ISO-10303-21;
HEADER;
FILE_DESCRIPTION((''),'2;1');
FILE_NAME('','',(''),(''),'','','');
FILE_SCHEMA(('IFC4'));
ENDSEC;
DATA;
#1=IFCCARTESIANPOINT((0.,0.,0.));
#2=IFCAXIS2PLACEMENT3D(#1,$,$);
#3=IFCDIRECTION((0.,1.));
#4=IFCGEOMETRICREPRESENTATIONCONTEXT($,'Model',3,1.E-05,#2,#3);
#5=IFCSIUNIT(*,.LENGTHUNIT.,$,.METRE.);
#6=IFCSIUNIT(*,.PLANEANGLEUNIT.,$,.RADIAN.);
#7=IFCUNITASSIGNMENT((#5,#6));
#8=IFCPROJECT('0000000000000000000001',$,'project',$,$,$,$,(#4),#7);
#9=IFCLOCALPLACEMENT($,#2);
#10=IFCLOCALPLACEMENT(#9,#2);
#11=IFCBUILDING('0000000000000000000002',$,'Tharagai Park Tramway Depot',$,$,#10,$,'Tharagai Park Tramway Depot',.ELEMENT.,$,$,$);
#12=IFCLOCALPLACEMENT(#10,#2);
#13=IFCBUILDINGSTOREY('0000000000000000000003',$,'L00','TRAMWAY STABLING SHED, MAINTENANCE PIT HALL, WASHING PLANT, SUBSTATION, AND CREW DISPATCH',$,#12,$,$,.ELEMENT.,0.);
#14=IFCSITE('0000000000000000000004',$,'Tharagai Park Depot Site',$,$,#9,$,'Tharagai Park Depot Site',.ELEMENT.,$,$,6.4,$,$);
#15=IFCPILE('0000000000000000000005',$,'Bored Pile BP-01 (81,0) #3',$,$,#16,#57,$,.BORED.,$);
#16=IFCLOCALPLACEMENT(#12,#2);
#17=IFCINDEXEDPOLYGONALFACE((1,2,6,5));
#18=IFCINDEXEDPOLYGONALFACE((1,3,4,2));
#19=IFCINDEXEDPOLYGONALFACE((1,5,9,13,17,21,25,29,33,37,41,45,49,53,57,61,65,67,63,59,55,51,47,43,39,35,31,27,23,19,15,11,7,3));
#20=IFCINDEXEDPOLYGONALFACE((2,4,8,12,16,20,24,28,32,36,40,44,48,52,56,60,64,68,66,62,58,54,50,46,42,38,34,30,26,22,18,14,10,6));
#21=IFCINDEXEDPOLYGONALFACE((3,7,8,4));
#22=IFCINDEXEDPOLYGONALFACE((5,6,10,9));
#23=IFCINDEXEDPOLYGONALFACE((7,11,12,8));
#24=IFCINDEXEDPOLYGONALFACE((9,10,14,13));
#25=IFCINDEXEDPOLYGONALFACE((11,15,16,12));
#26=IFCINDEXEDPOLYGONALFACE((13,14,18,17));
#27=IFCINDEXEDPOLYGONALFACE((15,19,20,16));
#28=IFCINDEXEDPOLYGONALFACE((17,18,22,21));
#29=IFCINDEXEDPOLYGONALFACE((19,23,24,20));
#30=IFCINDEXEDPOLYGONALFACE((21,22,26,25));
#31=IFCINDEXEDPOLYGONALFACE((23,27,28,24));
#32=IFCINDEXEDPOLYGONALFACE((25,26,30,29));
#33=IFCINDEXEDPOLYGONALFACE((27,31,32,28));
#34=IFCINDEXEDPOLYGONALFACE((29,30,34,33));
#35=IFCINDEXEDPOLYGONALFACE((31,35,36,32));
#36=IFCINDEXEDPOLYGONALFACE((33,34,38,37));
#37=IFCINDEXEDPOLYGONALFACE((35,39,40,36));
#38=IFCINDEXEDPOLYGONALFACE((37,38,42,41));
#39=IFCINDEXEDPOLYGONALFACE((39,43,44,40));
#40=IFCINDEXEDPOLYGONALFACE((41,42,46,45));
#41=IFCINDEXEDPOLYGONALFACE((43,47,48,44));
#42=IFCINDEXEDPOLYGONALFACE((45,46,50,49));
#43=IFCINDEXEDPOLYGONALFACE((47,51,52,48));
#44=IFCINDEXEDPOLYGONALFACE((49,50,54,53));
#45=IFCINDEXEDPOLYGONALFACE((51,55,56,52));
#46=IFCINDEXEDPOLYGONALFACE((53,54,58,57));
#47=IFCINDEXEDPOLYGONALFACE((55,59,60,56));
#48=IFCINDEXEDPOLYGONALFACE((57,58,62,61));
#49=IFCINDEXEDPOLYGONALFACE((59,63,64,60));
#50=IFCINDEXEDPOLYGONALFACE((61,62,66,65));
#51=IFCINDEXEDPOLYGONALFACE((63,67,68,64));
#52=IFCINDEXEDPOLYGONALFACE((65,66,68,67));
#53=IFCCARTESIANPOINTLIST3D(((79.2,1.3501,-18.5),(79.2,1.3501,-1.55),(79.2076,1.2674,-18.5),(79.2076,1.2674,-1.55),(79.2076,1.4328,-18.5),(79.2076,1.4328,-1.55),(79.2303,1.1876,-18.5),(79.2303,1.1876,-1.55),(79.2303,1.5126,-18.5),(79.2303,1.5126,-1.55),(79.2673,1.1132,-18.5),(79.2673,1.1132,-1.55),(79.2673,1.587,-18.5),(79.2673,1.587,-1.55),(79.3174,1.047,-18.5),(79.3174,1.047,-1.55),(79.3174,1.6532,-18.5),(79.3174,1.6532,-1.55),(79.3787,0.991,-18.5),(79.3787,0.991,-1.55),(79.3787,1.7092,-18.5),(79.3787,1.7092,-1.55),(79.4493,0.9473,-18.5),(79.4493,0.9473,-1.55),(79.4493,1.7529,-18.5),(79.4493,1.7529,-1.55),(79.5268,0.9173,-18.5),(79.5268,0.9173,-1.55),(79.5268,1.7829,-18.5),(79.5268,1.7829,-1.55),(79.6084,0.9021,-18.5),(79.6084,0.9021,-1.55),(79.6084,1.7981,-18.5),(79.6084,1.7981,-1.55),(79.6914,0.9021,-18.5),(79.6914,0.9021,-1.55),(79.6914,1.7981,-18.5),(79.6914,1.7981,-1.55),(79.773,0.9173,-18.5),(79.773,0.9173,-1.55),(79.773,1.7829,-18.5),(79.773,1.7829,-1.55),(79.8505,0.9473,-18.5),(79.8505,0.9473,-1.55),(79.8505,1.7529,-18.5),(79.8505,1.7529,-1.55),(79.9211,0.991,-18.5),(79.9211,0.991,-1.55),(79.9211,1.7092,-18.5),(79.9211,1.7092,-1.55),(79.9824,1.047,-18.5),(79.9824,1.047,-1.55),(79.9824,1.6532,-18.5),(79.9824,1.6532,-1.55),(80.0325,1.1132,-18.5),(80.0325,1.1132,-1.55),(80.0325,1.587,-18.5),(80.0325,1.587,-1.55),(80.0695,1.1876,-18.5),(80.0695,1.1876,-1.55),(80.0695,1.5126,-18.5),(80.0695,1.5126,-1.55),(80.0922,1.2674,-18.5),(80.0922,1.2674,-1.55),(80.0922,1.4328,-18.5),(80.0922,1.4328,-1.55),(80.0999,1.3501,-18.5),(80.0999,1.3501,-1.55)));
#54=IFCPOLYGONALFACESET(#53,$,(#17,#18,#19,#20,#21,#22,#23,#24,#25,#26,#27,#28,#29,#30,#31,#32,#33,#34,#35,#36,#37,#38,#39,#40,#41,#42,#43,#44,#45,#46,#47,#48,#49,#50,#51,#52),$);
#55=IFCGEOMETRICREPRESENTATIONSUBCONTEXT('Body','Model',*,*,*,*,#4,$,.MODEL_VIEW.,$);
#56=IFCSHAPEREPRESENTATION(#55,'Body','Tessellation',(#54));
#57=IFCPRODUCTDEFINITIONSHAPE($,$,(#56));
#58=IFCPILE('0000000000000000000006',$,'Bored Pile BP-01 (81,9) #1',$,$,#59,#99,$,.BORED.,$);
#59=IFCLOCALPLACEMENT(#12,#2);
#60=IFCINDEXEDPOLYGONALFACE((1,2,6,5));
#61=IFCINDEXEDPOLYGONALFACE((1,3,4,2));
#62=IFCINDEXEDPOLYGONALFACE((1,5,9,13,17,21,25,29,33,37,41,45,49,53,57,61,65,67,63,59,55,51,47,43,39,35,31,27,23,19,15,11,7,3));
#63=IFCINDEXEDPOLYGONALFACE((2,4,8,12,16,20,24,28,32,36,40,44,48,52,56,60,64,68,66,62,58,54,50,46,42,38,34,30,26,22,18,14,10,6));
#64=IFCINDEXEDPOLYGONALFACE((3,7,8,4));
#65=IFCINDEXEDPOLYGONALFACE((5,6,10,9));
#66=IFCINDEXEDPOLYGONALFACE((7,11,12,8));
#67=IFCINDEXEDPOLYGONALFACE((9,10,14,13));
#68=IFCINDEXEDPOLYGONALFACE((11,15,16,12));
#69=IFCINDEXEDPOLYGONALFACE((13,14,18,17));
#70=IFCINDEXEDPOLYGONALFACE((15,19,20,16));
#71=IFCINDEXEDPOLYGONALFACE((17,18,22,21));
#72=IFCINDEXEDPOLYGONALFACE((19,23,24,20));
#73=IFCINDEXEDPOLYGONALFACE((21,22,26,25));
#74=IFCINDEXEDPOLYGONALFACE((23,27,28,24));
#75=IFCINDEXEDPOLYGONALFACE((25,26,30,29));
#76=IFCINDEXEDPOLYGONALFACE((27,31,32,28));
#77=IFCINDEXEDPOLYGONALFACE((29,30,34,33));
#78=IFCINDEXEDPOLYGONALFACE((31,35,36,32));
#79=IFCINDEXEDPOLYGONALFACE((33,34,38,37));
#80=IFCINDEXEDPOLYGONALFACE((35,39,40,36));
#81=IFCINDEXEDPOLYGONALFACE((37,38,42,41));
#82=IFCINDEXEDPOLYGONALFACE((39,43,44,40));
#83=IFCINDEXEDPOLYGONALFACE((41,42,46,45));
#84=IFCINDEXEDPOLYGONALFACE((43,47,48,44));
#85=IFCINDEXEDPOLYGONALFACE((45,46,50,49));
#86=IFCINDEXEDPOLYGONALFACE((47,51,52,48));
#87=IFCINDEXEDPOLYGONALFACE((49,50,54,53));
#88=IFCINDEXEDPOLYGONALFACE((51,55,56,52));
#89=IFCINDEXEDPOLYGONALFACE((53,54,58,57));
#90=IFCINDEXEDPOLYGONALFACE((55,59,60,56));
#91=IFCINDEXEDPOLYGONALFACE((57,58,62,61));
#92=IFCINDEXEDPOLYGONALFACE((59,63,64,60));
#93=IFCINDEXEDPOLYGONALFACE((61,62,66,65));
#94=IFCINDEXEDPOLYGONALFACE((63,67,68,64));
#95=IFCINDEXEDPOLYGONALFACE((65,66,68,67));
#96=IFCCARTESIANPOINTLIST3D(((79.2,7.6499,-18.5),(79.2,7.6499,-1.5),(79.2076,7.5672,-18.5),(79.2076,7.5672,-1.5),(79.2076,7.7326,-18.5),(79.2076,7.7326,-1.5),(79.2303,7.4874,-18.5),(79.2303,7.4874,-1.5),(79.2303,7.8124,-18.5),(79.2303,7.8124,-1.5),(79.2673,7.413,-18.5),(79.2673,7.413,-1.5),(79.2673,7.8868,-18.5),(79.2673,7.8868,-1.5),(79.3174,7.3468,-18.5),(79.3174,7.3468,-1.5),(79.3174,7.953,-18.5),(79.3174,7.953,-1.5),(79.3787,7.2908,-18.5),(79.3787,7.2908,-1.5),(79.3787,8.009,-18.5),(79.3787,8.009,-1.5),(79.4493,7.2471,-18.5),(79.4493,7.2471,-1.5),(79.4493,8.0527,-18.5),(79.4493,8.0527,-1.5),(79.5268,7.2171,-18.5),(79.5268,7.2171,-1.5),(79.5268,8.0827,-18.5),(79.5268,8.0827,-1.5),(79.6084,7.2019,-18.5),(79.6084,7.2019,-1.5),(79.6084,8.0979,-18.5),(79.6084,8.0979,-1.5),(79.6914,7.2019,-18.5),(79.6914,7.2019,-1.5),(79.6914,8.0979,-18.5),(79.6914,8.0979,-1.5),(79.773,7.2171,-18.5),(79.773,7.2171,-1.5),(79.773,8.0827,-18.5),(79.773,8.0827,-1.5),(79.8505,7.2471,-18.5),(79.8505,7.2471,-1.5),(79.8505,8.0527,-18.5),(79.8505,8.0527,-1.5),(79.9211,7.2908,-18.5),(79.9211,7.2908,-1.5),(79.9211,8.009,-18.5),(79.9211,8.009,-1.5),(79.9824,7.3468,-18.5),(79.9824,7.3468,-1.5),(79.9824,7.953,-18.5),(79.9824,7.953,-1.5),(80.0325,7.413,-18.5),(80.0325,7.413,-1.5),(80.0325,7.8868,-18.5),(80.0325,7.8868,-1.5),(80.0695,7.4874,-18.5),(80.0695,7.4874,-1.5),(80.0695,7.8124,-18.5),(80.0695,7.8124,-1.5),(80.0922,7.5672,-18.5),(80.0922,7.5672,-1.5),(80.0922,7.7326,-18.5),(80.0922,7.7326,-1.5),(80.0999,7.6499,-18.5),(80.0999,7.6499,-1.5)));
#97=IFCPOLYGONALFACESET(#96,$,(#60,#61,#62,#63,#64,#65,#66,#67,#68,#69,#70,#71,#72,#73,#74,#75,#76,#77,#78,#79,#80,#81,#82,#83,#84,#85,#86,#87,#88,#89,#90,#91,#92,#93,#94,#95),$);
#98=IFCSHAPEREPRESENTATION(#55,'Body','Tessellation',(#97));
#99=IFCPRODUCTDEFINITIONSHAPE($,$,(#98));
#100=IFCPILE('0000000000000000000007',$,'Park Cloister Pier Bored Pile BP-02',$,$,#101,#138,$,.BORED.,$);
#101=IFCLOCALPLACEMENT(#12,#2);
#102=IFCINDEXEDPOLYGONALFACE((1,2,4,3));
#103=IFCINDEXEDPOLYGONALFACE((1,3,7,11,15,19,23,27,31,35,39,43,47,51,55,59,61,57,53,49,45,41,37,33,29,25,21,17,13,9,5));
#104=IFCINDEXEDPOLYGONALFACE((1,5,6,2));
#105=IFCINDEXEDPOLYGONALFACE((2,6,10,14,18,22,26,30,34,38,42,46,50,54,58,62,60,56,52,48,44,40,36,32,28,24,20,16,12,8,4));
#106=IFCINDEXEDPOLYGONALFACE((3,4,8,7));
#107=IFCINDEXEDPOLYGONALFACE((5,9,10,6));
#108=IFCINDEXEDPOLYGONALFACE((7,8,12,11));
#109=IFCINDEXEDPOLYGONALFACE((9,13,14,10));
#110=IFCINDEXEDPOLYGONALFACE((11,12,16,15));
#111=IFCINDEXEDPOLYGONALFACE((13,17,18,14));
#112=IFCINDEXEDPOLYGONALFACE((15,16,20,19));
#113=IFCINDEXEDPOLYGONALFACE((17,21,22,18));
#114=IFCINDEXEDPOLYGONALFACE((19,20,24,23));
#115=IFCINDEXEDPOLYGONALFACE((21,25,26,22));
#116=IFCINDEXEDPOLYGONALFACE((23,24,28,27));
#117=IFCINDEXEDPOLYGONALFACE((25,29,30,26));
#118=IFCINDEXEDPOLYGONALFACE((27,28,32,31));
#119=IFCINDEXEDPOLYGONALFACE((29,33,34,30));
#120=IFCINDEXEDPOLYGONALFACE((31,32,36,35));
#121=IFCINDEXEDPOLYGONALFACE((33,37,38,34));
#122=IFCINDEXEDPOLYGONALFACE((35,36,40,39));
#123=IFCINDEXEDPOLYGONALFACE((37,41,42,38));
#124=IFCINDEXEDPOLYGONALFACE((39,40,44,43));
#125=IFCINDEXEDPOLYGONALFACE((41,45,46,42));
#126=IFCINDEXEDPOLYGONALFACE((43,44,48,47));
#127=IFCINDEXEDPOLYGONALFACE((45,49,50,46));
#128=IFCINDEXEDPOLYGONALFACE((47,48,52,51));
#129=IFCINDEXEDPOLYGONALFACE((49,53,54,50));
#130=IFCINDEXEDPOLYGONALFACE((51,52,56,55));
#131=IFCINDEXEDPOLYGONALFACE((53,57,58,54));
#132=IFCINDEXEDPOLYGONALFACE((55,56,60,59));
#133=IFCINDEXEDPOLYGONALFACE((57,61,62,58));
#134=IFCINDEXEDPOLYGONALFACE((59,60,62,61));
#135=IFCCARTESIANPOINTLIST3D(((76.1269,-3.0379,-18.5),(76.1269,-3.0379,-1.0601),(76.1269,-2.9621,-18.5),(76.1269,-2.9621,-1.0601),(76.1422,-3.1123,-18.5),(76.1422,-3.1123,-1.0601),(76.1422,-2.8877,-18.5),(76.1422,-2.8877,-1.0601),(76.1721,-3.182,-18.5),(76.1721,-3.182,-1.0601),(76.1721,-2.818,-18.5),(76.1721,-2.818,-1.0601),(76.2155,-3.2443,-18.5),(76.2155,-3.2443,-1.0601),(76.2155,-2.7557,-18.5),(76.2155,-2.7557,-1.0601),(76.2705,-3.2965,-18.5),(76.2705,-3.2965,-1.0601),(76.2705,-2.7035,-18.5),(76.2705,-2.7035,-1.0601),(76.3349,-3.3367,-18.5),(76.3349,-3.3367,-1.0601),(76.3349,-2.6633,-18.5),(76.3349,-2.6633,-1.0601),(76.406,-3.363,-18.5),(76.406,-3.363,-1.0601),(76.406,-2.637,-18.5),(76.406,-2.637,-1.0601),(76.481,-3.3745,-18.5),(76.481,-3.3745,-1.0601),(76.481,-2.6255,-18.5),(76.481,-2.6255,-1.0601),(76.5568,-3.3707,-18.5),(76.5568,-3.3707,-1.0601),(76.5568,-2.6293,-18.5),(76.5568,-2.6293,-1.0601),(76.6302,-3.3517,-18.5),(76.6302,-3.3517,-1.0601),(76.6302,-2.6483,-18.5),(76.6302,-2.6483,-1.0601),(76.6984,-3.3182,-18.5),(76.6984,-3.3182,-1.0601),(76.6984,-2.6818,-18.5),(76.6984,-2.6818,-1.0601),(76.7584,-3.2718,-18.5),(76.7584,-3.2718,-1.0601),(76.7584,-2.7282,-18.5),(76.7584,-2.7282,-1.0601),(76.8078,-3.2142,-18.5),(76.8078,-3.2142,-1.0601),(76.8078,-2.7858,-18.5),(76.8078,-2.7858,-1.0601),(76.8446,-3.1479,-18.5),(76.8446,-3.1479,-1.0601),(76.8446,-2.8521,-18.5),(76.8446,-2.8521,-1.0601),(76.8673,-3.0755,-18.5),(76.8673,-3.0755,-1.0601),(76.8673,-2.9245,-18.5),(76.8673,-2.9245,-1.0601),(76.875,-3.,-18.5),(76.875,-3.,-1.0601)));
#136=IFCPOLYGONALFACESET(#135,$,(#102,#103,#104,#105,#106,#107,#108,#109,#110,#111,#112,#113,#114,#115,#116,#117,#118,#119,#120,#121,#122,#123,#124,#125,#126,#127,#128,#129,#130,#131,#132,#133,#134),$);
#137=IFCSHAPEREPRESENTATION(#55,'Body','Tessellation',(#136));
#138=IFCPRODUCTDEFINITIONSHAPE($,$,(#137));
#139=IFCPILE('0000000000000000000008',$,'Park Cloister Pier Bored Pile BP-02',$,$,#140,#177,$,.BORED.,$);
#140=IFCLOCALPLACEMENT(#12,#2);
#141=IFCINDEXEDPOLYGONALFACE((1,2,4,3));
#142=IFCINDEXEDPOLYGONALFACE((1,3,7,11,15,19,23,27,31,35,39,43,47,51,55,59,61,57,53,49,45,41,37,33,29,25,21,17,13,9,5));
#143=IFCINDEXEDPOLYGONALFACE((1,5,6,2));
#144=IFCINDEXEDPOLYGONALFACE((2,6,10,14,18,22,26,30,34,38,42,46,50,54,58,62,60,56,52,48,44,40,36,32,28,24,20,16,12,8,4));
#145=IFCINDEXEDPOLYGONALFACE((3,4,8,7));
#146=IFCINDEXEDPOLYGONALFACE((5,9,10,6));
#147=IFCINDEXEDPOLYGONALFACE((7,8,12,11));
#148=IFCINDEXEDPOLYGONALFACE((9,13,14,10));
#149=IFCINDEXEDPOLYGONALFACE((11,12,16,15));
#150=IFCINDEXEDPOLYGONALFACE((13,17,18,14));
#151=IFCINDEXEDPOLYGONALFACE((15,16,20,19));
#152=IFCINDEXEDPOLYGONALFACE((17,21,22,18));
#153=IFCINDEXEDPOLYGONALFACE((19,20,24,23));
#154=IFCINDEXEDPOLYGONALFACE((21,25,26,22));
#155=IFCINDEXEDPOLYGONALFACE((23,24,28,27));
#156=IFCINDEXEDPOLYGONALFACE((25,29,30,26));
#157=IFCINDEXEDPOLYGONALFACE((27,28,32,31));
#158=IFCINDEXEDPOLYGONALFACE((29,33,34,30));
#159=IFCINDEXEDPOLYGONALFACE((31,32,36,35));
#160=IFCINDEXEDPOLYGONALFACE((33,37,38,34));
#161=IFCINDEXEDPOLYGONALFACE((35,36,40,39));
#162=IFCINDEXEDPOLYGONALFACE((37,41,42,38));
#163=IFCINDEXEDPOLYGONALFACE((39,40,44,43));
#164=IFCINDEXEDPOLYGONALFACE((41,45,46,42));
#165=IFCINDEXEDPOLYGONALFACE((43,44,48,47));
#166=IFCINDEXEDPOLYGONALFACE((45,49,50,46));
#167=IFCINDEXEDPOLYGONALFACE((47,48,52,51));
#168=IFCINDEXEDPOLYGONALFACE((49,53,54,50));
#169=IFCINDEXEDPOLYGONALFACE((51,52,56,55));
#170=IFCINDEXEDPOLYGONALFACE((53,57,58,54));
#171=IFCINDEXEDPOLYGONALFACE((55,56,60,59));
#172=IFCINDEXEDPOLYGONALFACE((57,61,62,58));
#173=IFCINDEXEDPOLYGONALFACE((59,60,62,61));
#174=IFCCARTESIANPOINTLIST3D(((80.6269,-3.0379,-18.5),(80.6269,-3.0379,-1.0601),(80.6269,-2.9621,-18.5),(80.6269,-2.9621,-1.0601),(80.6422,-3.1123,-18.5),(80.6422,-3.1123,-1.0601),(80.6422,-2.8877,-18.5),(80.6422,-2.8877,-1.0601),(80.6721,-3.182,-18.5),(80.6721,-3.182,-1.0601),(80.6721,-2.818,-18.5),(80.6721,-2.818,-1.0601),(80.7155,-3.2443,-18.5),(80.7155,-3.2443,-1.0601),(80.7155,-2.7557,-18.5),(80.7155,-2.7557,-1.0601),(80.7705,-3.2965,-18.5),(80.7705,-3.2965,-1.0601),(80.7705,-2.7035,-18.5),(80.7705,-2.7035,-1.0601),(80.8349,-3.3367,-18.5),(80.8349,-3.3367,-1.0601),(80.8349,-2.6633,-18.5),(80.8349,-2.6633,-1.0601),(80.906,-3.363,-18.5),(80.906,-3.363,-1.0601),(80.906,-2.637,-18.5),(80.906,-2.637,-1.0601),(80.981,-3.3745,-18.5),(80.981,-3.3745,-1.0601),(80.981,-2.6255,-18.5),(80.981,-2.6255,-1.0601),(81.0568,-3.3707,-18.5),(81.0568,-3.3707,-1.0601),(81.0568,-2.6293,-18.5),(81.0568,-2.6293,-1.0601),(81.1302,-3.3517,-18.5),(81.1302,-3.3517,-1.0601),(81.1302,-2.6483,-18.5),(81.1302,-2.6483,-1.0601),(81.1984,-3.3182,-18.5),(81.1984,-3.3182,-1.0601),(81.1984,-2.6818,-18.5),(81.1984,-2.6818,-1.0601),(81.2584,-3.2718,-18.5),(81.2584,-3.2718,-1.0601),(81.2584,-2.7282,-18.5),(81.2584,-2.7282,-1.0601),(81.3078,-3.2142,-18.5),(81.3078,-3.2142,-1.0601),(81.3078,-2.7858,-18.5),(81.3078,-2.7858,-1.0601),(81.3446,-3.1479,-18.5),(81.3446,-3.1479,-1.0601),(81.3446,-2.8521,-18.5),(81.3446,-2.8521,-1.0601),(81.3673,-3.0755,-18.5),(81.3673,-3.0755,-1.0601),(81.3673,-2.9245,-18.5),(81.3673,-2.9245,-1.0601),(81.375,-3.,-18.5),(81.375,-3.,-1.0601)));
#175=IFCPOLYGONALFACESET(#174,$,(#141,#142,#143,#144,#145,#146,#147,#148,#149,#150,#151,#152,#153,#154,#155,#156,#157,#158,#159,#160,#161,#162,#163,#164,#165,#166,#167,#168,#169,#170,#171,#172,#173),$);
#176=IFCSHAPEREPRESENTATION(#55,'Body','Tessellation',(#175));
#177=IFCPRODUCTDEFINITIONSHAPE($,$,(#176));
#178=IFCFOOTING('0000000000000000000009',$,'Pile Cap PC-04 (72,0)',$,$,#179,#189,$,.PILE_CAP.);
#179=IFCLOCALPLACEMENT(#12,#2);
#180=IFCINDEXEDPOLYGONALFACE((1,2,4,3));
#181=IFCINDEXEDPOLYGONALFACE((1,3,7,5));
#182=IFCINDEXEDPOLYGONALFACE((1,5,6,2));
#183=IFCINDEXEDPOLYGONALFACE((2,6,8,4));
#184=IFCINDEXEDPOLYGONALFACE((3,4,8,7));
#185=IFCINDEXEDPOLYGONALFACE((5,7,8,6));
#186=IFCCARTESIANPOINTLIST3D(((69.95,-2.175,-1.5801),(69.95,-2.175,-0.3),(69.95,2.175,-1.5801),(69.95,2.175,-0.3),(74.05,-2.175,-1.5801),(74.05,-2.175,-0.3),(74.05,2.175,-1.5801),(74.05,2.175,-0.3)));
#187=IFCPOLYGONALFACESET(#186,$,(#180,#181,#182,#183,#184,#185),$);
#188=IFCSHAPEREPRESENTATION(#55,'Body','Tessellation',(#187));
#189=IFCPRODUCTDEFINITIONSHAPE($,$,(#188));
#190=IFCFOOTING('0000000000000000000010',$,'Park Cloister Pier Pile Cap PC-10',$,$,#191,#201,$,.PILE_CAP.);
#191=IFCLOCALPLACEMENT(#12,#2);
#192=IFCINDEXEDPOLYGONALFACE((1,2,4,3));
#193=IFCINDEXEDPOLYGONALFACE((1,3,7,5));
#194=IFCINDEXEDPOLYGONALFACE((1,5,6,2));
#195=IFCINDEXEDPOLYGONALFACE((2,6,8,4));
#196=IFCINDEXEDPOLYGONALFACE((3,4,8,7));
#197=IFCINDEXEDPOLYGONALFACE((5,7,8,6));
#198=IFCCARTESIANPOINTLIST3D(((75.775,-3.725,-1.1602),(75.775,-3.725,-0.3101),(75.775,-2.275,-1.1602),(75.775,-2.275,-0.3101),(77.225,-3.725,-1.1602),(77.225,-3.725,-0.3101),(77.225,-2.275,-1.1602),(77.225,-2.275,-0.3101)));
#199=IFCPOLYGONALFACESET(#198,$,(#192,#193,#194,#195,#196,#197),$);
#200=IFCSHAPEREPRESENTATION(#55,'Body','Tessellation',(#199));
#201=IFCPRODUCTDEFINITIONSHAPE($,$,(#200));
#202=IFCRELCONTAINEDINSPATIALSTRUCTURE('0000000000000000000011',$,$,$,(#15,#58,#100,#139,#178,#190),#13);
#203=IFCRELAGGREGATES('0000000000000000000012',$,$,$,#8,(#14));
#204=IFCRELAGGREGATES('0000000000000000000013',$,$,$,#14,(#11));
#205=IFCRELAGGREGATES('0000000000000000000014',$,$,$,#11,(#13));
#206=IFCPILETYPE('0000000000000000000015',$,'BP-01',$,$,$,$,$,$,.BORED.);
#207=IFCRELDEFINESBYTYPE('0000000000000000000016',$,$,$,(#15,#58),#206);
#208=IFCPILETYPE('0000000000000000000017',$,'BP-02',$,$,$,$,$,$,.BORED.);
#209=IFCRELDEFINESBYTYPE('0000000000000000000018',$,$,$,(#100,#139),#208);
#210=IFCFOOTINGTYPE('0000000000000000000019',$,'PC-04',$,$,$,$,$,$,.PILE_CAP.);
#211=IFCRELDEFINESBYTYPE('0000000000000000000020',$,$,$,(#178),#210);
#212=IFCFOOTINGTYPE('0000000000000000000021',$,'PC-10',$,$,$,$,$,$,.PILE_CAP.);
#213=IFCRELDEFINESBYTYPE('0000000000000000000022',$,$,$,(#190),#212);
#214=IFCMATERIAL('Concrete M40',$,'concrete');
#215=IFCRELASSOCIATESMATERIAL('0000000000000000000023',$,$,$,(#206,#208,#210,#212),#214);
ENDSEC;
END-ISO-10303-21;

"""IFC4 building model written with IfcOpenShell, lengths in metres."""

from ifc_helpers import new_model, si_unit, direction, frame, origin, origin_2d, place, context, subcontext, project, spatial, rectangle, circle, extrude, material, material_profile, profile_set, type_object, element, save


model = new_model("IFC4")

# Units and contexts
model_context = context("Model", 3, precision=1e-05, world=origin(), true_north=direction((0.0, 1.0)))
body_context = subcontext(model_context, "Body", "Model", "MODEL_VIEW")
ifc_project = project(units=[si_unit("LENGTHUNIT", "METRE"), si_unit("PLANEANGLEUNIT", "RADIAN")], contexts=[model_context])

# Site, building, storey
site_placement = place(None, origin())
site = spatial("IfcSite", under=ifc_project, at=site_placement, Name="Tharagai Park Depot Site", LongName="Tharagai Park Depot Site", CompositionType="ELEMENT", RefElevation=6.4)
building_placement = place(site_placement, origin())
building = spatial("IfcBuilding", under=site, at=building_placement, Name="Tharagai Park Tramway Depot", LongName="Tharagai Park Tramway Depot", CompositionType="ELEMENT")
storey_placement = place(building_placement, origin())
storey = spatial("IfcBuildingStorey", under=building, at=storey_placement, Name="L00", Description="TRAMWAY STABLING SHED, MAINTENANCE PIT HALL, WASHING PLANT, SUBSTATION, AND CREW DISPATCH", CompositionType="ELEMENT", Elevation=0.0)

# Piles
ifc_material_1 = material(Name="Concrete M40", Category="concrete")
ifc_material_profile_1 = material_profile(ifc_material_1, circle(Radius=0.45, at=origin_2d()), Name="PILE D900")
ifc_profile_set_1 = profile_set([ifc_material_profile_1], Name="Concrete M40")
pile_type_1 = type_object("IfcPileType", Name="BP-01", PredefinedType="BORED", material=ifc_profile_set_1)
for number, where, z_axis, x_axis, name in (
    (1, (79.6499, 1.3501, -1.55), (0.0, 0.0, -1.0), (1.0, 0.0, 0.0), "Bored Pile BP-01 (81,0) #3"),
):
    element("IfcPile", number, at=place(storey_placement, frame(where, z_axis=z_axis, x_axis=x_axis)), inside=storey, type_object=pile_type_1, Name=name, PredefinedType="BORED", context=body_context, shape_type="SweptSolid", body=[
        extrude(circle(Radius=0.45, at=origin_2d()), origin(), (0.0, 0.0, 1.0), 16.95),
    ])
pile_placement = place(storey_placement, frame((79.6499, 7.6499, -1.5), z_axis=(0.0, 0.0, -1.0), x_axis=(1.0, 0.0, 0.0)))
element("IfcPile", 2, at=pile_placement, inside=storey, type_object=pile_type_1, Name="Bored Pile BP-01 (81,9) #1", PredefinedType="BORED", context=body_context, shape_type="SweptSolid", body=[
    extrude(circle(Radius=0.45, at=origin_2d()), origin(), (0.0, 0.0, 1.0), 17.0),
])
ifc_material_profile_2 = material_profile(ifc_material_1, circle(Radius=0.375, at=origin_2d()), Name="PILE D750")
ifc_profile_set_2 = profile_set([ifc_material_profile_2], Name="Concrete M40")
pile_type_2 = type_object("IfcPileType", Name="BP-02", PredefinedType="BORED", material=ifc_profile_set_2)
for number, where, z_axis, x_axis, name in (
    (3, (76.5, -3.0, -1.0601), (0.0, 0.0, -1.0), (1.0, 0.0, 0.0), "Park Cloister Pier Bored Pile BP-02"),
    (4, (81.0, -3.0, -1.0601), (0.0, 0.0, -1.0), (1.0, 0.0, 0.0), "Park Cloister Pier Bored Pile BP-02"),
):
    element("IfcPile", number, at=place(storey_placement, frame(where, z_axis=z_axis, x_axis=x_axis)), inside=storey, type_object=pile_type_2, Name=name, PredefinedType="BORED", context=body_context, shape_type="SweptSolid", body=[
        extrude(circle(Radius=0.375, at=origin_2d()), origin(), (0.0, 0.0, 1.0), 17.4399),
    ])

# Footings
footing_type_1 = type_object("IfcFootingType", Name="PC-04", PredefinedType="PILE_CAP", material=ifc_material_1)
footing_1_placement = place(storey_placement, frame((72.0, 0.0, -1.5801), z_axis=(0.0, 0.0, 1.0), x_axis=(1.0, 0.0, 0.0)))
element("IfcFooting", 5, at=footing_1_placement, inside=storey, type_object=footing_type_1, Name="Pile Cap PC-04 (72,0)", PredefinedType="PILE_CAP", context=body_context, shape_type="SweptSolid", body=[
    extrude(rectangle(XDim=4.1001, YDim=4.3501, at=origin_2d()), origin(), (0.0, 0.0, 1.0), 1.28),
])
footing_type_2 = type_object("IfcFootingType", Name="PC-10", PredefinedType="PILE_CAP", material=ifc_material_1)
for number, where, z_axis, x_axis, name in (
    (6, (76.5, -3.0, -1.1602), (0.0, 0.0, 1.0), (1.0, 0.0, 0.0), "Park Cloister Pier Pile Cap PC-10"),
):
    element("IfcFooting", number, at=place(storey_placement, frame(where, z_axis=z_axis, x_axis=x_axis)), inside=storey, type_object=footing_type_2, Name=name, PredefinedType="PILE_CAP", context=body_context, shape_type="SweptSolid", body=[
        extrude(rectangle(XDim=1.45, YDim=1.45, at=origin_2d()), origin(), (0.0, 0.0, 1.0), 0.8501),
    ])

save(model, "model.ifc")
